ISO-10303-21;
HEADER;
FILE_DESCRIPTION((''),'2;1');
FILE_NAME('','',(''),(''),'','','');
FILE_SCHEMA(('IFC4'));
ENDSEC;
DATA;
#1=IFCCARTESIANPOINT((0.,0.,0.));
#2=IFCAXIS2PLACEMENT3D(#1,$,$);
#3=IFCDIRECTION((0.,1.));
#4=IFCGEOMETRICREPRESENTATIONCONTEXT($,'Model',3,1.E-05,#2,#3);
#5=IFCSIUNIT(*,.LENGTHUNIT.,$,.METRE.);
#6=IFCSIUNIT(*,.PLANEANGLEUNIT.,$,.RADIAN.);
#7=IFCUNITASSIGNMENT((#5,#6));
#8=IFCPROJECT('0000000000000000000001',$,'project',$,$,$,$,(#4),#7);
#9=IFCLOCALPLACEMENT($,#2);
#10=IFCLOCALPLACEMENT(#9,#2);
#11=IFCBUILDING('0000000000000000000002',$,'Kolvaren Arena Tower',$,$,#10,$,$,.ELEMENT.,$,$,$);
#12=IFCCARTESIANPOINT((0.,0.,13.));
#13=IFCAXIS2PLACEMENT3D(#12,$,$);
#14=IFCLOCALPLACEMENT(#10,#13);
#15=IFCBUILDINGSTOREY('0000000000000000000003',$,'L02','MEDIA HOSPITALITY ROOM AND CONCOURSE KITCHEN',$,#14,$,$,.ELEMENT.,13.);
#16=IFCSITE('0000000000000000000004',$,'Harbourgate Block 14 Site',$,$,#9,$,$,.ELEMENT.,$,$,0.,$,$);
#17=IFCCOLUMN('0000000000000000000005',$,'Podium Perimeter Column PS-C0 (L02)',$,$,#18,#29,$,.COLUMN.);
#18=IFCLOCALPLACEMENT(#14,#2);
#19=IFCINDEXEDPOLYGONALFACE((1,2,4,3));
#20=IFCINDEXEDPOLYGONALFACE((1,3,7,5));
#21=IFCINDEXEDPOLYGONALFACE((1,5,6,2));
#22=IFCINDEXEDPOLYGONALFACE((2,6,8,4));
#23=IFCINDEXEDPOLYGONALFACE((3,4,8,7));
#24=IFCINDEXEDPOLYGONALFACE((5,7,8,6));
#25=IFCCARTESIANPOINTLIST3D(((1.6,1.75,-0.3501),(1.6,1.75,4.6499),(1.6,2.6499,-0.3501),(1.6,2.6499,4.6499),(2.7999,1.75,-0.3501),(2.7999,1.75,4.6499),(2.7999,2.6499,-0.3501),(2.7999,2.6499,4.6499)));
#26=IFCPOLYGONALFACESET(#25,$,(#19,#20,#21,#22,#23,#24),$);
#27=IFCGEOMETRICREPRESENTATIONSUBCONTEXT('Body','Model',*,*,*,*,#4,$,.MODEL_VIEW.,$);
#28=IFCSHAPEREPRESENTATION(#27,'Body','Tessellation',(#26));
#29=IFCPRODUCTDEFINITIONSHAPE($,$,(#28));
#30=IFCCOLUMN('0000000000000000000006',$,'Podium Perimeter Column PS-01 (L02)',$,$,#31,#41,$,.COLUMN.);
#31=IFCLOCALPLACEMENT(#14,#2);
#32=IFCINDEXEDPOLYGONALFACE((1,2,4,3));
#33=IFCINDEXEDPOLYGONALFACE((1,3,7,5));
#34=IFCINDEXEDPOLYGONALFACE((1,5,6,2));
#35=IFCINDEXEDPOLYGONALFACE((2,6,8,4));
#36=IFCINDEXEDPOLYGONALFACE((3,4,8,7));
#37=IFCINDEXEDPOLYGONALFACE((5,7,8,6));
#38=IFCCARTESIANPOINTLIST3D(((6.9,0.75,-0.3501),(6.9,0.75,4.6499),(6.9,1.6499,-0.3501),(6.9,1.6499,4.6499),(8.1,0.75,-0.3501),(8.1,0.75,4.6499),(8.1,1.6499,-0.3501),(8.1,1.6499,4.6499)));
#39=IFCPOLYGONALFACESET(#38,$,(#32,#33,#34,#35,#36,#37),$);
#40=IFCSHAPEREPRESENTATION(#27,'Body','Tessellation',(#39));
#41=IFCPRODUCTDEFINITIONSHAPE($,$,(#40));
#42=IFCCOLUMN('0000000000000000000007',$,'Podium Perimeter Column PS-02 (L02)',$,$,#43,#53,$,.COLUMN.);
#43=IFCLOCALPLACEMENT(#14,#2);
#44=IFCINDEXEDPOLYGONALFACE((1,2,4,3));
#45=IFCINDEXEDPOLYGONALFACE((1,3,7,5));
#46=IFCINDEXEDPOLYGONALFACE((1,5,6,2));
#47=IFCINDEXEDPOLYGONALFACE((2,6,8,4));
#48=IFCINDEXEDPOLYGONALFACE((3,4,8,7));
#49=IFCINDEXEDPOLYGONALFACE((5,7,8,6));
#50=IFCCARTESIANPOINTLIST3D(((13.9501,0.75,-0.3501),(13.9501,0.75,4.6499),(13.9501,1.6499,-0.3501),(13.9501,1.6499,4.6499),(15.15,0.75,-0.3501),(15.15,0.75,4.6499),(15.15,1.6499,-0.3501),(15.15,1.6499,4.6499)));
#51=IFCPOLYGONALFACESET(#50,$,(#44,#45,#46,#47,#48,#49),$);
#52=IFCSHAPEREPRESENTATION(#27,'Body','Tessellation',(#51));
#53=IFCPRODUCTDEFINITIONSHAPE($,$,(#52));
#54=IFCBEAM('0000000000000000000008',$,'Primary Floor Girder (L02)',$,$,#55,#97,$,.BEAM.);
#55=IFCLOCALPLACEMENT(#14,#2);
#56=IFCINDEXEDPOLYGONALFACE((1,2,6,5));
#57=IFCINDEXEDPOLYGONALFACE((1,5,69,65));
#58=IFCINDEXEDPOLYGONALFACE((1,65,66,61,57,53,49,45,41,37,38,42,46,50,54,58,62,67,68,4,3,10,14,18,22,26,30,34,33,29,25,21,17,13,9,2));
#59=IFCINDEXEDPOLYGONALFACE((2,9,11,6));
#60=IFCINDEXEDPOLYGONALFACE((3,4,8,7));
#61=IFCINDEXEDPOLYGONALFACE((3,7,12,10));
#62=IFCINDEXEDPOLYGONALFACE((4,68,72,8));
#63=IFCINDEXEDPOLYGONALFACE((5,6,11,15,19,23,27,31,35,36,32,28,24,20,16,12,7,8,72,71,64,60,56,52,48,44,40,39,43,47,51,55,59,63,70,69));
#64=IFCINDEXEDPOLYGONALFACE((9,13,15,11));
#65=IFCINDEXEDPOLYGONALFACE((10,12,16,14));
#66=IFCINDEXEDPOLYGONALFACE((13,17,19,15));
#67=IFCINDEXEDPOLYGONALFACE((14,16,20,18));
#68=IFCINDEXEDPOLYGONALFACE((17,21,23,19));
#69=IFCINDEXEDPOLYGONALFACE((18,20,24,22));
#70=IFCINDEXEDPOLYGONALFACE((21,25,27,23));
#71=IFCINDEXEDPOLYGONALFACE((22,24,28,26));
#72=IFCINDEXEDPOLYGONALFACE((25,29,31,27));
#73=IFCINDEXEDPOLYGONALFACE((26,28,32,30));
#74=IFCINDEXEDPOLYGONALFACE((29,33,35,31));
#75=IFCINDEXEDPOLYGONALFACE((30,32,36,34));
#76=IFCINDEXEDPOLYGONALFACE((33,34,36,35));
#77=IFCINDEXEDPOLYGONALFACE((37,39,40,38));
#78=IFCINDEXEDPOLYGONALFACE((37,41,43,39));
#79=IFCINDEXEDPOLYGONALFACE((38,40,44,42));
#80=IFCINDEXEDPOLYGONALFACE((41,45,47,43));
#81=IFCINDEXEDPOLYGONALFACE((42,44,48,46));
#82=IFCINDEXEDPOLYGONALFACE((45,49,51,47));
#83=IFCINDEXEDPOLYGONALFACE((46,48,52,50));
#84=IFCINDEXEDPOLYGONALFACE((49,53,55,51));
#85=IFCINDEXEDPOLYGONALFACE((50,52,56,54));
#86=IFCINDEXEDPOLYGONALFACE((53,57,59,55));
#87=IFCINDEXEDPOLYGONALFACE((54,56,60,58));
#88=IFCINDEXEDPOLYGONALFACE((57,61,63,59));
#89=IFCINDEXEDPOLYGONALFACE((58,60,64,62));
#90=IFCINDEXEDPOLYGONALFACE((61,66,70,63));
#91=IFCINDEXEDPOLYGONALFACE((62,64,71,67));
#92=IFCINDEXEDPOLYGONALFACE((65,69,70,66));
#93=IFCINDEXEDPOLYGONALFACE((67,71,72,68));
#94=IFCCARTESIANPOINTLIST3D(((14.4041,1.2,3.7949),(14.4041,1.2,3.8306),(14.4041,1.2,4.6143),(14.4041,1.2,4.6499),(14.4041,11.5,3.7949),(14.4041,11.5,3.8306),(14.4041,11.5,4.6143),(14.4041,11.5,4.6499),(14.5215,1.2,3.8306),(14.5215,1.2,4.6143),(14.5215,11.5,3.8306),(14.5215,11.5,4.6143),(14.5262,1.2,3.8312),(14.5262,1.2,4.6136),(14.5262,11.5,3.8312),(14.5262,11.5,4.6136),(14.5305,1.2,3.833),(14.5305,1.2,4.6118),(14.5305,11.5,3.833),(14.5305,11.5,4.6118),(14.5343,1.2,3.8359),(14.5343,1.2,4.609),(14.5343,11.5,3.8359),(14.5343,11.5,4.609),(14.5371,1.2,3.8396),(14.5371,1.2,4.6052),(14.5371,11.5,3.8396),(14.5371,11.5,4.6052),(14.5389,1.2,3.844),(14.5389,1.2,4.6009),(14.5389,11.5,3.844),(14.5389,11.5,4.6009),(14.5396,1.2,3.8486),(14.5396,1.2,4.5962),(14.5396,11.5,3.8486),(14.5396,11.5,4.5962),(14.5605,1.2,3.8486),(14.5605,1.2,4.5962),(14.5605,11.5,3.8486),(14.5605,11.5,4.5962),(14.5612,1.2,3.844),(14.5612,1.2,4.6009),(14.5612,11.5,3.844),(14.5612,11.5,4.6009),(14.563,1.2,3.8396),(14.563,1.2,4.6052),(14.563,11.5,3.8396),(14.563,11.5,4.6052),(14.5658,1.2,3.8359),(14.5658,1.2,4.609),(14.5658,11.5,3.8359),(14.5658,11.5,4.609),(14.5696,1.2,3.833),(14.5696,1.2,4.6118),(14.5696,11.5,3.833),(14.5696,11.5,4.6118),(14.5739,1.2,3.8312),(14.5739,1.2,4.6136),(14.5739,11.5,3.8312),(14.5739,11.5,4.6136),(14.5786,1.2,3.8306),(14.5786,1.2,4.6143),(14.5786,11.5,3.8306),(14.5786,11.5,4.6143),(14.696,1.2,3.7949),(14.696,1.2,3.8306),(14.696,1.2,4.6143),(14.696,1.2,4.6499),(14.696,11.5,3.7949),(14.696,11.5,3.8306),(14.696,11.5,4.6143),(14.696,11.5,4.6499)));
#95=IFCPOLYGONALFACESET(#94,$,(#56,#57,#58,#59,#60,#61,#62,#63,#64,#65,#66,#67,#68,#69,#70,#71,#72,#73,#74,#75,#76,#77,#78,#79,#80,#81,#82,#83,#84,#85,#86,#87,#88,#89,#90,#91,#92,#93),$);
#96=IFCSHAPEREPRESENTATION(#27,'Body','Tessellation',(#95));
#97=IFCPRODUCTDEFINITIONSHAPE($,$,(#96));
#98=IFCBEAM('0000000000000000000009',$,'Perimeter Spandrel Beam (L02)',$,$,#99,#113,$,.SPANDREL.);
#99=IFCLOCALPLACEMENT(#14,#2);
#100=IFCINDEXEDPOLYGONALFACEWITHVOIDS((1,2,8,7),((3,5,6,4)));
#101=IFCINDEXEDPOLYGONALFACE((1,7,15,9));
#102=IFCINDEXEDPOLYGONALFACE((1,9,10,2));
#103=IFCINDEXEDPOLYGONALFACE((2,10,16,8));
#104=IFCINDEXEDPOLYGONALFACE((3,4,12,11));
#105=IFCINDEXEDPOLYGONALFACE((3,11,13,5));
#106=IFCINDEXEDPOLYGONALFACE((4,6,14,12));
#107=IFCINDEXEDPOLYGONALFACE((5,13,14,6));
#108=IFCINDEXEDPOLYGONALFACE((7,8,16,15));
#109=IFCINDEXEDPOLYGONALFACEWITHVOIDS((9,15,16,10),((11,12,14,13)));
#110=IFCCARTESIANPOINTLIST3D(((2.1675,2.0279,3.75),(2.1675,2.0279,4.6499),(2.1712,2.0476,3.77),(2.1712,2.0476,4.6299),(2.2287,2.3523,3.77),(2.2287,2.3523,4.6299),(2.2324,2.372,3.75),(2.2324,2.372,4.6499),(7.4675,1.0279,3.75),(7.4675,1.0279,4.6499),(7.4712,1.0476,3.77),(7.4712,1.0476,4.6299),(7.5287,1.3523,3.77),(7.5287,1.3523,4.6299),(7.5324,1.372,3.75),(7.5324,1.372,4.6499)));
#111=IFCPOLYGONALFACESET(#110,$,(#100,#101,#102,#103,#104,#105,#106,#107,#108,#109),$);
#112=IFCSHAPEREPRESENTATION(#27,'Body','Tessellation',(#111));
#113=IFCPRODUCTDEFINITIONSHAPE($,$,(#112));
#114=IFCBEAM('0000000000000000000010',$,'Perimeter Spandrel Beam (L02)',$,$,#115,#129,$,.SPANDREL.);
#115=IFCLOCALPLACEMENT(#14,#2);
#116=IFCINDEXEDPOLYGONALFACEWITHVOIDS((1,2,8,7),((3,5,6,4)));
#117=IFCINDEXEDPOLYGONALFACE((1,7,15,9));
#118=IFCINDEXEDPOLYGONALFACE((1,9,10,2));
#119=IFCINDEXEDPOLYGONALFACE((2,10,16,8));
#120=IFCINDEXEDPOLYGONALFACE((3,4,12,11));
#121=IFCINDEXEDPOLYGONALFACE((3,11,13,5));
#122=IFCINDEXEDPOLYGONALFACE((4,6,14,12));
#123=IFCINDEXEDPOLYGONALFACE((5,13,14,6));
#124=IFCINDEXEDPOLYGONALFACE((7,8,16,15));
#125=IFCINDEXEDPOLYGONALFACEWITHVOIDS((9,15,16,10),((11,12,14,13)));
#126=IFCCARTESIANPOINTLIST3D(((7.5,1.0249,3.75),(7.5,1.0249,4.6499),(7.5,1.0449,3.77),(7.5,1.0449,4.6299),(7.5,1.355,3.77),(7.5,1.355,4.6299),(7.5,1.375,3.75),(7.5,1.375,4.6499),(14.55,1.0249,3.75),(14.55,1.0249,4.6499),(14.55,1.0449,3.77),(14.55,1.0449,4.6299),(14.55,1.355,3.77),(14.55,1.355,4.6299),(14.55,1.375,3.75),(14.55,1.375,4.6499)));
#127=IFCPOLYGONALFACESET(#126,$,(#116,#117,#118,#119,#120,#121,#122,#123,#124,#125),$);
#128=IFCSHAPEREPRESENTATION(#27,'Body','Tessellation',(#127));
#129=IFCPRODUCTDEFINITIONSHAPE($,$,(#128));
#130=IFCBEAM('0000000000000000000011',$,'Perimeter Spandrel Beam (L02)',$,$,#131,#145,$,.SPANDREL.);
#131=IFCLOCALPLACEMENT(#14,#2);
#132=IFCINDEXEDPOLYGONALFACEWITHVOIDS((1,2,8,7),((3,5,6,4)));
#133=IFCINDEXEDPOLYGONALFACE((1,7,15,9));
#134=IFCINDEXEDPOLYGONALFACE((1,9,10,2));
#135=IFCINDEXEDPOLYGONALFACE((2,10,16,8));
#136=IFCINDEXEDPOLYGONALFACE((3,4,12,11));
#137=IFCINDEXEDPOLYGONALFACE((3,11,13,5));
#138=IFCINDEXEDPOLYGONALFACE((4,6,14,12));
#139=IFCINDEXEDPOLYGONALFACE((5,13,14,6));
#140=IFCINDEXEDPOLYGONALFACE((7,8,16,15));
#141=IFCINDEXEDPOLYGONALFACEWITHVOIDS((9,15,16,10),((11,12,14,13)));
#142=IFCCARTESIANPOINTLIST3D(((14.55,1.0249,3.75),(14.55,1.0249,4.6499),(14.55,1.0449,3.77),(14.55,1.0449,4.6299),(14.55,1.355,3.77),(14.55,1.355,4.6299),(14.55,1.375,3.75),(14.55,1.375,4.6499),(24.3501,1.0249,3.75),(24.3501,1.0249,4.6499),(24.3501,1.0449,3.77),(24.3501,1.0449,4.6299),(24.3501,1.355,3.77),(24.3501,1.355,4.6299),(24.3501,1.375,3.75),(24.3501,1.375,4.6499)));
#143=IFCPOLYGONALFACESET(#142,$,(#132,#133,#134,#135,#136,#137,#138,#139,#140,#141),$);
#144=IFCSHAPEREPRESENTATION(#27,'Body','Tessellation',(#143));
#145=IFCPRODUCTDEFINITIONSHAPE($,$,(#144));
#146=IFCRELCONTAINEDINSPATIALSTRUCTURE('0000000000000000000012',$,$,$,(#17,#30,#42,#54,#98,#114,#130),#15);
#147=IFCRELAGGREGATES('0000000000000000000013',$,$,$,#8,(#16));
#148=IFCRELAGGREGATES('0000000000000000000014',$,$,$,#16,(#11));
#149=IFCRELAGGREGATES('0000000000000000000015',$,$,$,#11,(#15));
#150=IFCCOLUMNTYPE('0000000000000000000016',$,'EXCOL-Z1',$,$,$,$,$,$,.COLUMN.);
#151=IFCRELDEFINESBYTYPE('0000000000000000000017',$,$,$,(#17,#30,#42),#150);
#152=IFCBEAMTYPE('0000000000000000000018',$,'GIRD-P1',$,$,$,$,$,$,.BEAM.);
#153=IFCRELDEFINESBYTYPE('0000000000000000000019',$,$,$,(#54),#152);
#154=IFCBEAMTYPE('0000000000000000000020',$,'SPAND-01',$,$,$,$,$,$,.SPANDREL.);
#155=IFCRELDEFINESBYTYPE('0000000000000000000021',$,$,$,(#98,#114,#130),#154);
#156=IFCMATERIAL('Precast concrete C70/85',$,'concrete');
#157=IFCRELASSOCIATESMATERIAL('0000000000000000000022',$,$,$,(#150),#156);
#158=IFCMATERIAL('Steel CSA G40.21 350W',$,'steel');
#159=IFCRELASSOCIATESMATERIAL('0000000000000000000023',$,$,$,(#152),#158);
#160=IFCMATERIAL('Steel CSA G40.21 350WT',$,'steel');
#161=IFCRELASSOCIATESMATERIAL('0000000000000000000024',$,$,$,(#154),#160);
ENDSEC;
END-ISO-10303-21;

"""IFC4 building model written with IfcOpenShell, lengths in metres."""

from ifc_helpers import new_model, si_unit, direction, frame, origin, origin_2d, place, context, subcontext, project, spatial, rectangle, hollow_rectangle, i_section, extrude, material, material_profile, profile_set, type_object, element, save


model = new_model("IFC4")

# Units and contexts
model_context = context("Model", 3, precision=1e-05, world=origin(), true_north=direction((0.0, 1.0)))
body_context = subcontext(model_context, "Body", "Model", "MODEL_VIEW")
ifc_project = project(units=[si_unit("LENGTHUNIT", "METRE"), si_unit("PLANEANGLEUNIT", "RADIAN")], contexts=[model_context])

# Site, building, storey
site_placement = place(None, origin())
site = spatial("IfcSite", under=ifc_project, at=site_placement, Name="Harbourgate Block 14 Site", CompositionType="ELEMENT", RefElevation=0.0)
building_placement = place(site_placement, origin())
building = spatial("IfcBuilding", under=site, at=building_placement, Name="Kolvaren Arena Tower", CompositionType="ELEMENT")
storey_placement = place(building_placement, frame((0.0, 0.0, 13.0)))
storey = spatial("IfcBuildingStorey", under=building, at=storey_placement, Name="L02", Description="MEDIA HOSPITALITY ROOM AND CONCOURSE KITCHEN", CompositionType="ELEMENT", Elevation=13.0)

# Columns
ifc_material_1 = material(Name="Precast concrete C70/85", Category="concrete")
ifc_material_profile_1 = material_profile(ifc_material_1, rectangle(XDim=1.2, YDim=0.8999, at=origin_2d()), Name="RC-1200x900")
ifc_profile_set_1 = profile_set([ifc_material_profile_1], Name="Precast concrete C70/85")
column_type = type_object("IfcColumnType", Name="EXCOL-Z1", PredefinedType="COLUMN", material=ifc_profile_set_1)
for number, where, z_axis, x_axis, name in (
    (1, (2.2, 2.2, -0.3501), (0.0, 0.0, 1.0), (1.0, 0.0, 0.0), "Podium Perimeter Column PS-C0 (L02)"),
    (2, (7.5, 1.2, -0.3501), (0.0, 0.0, 1.0), (1.0, 0.0, 0.0), "Podium Perimeter Column PS-01 (L02)"),
    (3, (14.55, 1.2, -0.3501), (0.0, 0.0, 1.0), (1.0, 0.0, 0.0), "Podium Perimeter Column PS-02 (L02)"),
):
    element("IfcColumn", number, at=place(storey_placement, frame(where, z_axis=z_axis, x_axis=x_axis)), inside=storey, type_object=column_type, Name=name, PredefinedType="COLUMN", context=body_context, shape_type="SweptSolid", body=[
        extrude(rectangle(XDim=1.2, YDim=0.8999, at=origin_2d()), origin(), (0.0, 0.0, 1.0), 5.0),
    ])

# Beams
ifc_material_2 = material(Name="Steel CSA G40.21 350W", Category="steel")
ifc_material_profile_2 = material_profile(ifc_material_2, i_section(OverallWidth=0.292, OverallDepth=0.855, WebThickness=0.021, FlangeThickness=0.0356, FilletRadius=0.0181, at=origin_2d()), Name="W840x299")
ifc_profile_set_2 = profile_set([ifc_material_profile_2], Name="Steel CSA G40.21 350W")
beam_type_1 = type_object("IfcBeamType", Name="GIRD-P1", PredefinedType="BEAM", material=ifc_profile_set_2)
beam_1_placement = place(storey_placement, frame((14.55, 1.2, 4.2224), z_axis=(0.0, 1.0, 0.0), x_axis=(-1.0, 0.0, 0.0)))
element("IfcBeam", 4, at=beam_1_placement, inside=storey, type_object=beam_type_1, Name="Primary Floor Girder (L02)", PredefinedType="BEAM", context=body_context, shape_type="SweptSolid", body=[
    extrude(i_section(OverallWidth=0.292, OverallDepth=0.855, WebThickness=0.021, FlangeThickness=0.0356, FilletRadius=0.0181, at=origin_2d()), origin(), (0.0, 0.0, 1.0), 10.3),
])
ifc_material_3 = material(Name="Steel CSA G40.21 350WT", Category="steel")
ifc_material_profile_3 = material_profile(ifc_material_3, hollow_rectangle(XDim=0.3501, YDim=0.8999, WallThickness=0.02, at=origin_2d()), Name="HSS 900x350x20")
ifc_profile_set_3 = profile_set([ifc_material_profile_3], Name="Steel CSA G40.21 350WT")
beam_type_2 = type_object("IfcBeamType", Name="SPAND-01", PredefinedType="SPANDREL", material=ifc_profile_set_3)
beam_2_placement = place(storey_placement, frame((2.2, 2.2, 4.2), z_axis=(0.982662, -0.185406, 0.0), x_axis=(0.185406, 0.982662, 0.0)))
element("IfcBeam", 5, at=beam_2_placement, inside=storey, type_object=beam_type_2, Name="Perimeter Spandrel Beam (L02)", PredefinedType="SPANDREL", context=body_context, shape_type="SweptSolid", body=[
    extrude(hollow_rectangle(XDim=0.3501, YDim=0.8999, WallThickness=0.02, at=origin_2d()), origin(), (0.0, 0.0, 1.0), 5.3936),
])
beam_3_placement = place(storey_placement, frame((7.5, 1.2, 4.2), z_axis=(1.0, 0.0, 0.0), x_axis=(0.0, 1.0, 0.0)))
element("IfcBeam", 6, at=beam_3_placement, inside=storey, type_object=beam_type_2, Name="Perimeter Spandrel Beam (L02)", PredefinedType="SPANDREL", context=body_context, shape_type="SweptSolid", body=[
    extrude(hollow_rectangle(XDim=0.3501, YDim=0.8999, WallThickness=0.02, at=origin_2d()), origin(), (0.0, 0.0, 1.0), 7.05),
])
beam_4_placement = place(storey_placement, frame((14.55, 1.2, 4.2), z_axis=(1.0, 0.0, 0.0), x_axis=(0.0, 1.0, 0.0)))
element("IfcBeam", 7, at=beam_4_placement, inside=storey, type_object=beam_type_2, Name="Perimeter Spandrel Beam (L02)", PredefinedType="SPANDREL", context=body_context, shape_type="SweptSolid", body=[
    extrude(hollow_rectangle(XDim=0.3501, YDim=0.8999, WallThickness=0.02, at=origin_2d()), origin(), (0.0, 0.0, 1.0), 9.8),
])

save(model, "model.ifc")
